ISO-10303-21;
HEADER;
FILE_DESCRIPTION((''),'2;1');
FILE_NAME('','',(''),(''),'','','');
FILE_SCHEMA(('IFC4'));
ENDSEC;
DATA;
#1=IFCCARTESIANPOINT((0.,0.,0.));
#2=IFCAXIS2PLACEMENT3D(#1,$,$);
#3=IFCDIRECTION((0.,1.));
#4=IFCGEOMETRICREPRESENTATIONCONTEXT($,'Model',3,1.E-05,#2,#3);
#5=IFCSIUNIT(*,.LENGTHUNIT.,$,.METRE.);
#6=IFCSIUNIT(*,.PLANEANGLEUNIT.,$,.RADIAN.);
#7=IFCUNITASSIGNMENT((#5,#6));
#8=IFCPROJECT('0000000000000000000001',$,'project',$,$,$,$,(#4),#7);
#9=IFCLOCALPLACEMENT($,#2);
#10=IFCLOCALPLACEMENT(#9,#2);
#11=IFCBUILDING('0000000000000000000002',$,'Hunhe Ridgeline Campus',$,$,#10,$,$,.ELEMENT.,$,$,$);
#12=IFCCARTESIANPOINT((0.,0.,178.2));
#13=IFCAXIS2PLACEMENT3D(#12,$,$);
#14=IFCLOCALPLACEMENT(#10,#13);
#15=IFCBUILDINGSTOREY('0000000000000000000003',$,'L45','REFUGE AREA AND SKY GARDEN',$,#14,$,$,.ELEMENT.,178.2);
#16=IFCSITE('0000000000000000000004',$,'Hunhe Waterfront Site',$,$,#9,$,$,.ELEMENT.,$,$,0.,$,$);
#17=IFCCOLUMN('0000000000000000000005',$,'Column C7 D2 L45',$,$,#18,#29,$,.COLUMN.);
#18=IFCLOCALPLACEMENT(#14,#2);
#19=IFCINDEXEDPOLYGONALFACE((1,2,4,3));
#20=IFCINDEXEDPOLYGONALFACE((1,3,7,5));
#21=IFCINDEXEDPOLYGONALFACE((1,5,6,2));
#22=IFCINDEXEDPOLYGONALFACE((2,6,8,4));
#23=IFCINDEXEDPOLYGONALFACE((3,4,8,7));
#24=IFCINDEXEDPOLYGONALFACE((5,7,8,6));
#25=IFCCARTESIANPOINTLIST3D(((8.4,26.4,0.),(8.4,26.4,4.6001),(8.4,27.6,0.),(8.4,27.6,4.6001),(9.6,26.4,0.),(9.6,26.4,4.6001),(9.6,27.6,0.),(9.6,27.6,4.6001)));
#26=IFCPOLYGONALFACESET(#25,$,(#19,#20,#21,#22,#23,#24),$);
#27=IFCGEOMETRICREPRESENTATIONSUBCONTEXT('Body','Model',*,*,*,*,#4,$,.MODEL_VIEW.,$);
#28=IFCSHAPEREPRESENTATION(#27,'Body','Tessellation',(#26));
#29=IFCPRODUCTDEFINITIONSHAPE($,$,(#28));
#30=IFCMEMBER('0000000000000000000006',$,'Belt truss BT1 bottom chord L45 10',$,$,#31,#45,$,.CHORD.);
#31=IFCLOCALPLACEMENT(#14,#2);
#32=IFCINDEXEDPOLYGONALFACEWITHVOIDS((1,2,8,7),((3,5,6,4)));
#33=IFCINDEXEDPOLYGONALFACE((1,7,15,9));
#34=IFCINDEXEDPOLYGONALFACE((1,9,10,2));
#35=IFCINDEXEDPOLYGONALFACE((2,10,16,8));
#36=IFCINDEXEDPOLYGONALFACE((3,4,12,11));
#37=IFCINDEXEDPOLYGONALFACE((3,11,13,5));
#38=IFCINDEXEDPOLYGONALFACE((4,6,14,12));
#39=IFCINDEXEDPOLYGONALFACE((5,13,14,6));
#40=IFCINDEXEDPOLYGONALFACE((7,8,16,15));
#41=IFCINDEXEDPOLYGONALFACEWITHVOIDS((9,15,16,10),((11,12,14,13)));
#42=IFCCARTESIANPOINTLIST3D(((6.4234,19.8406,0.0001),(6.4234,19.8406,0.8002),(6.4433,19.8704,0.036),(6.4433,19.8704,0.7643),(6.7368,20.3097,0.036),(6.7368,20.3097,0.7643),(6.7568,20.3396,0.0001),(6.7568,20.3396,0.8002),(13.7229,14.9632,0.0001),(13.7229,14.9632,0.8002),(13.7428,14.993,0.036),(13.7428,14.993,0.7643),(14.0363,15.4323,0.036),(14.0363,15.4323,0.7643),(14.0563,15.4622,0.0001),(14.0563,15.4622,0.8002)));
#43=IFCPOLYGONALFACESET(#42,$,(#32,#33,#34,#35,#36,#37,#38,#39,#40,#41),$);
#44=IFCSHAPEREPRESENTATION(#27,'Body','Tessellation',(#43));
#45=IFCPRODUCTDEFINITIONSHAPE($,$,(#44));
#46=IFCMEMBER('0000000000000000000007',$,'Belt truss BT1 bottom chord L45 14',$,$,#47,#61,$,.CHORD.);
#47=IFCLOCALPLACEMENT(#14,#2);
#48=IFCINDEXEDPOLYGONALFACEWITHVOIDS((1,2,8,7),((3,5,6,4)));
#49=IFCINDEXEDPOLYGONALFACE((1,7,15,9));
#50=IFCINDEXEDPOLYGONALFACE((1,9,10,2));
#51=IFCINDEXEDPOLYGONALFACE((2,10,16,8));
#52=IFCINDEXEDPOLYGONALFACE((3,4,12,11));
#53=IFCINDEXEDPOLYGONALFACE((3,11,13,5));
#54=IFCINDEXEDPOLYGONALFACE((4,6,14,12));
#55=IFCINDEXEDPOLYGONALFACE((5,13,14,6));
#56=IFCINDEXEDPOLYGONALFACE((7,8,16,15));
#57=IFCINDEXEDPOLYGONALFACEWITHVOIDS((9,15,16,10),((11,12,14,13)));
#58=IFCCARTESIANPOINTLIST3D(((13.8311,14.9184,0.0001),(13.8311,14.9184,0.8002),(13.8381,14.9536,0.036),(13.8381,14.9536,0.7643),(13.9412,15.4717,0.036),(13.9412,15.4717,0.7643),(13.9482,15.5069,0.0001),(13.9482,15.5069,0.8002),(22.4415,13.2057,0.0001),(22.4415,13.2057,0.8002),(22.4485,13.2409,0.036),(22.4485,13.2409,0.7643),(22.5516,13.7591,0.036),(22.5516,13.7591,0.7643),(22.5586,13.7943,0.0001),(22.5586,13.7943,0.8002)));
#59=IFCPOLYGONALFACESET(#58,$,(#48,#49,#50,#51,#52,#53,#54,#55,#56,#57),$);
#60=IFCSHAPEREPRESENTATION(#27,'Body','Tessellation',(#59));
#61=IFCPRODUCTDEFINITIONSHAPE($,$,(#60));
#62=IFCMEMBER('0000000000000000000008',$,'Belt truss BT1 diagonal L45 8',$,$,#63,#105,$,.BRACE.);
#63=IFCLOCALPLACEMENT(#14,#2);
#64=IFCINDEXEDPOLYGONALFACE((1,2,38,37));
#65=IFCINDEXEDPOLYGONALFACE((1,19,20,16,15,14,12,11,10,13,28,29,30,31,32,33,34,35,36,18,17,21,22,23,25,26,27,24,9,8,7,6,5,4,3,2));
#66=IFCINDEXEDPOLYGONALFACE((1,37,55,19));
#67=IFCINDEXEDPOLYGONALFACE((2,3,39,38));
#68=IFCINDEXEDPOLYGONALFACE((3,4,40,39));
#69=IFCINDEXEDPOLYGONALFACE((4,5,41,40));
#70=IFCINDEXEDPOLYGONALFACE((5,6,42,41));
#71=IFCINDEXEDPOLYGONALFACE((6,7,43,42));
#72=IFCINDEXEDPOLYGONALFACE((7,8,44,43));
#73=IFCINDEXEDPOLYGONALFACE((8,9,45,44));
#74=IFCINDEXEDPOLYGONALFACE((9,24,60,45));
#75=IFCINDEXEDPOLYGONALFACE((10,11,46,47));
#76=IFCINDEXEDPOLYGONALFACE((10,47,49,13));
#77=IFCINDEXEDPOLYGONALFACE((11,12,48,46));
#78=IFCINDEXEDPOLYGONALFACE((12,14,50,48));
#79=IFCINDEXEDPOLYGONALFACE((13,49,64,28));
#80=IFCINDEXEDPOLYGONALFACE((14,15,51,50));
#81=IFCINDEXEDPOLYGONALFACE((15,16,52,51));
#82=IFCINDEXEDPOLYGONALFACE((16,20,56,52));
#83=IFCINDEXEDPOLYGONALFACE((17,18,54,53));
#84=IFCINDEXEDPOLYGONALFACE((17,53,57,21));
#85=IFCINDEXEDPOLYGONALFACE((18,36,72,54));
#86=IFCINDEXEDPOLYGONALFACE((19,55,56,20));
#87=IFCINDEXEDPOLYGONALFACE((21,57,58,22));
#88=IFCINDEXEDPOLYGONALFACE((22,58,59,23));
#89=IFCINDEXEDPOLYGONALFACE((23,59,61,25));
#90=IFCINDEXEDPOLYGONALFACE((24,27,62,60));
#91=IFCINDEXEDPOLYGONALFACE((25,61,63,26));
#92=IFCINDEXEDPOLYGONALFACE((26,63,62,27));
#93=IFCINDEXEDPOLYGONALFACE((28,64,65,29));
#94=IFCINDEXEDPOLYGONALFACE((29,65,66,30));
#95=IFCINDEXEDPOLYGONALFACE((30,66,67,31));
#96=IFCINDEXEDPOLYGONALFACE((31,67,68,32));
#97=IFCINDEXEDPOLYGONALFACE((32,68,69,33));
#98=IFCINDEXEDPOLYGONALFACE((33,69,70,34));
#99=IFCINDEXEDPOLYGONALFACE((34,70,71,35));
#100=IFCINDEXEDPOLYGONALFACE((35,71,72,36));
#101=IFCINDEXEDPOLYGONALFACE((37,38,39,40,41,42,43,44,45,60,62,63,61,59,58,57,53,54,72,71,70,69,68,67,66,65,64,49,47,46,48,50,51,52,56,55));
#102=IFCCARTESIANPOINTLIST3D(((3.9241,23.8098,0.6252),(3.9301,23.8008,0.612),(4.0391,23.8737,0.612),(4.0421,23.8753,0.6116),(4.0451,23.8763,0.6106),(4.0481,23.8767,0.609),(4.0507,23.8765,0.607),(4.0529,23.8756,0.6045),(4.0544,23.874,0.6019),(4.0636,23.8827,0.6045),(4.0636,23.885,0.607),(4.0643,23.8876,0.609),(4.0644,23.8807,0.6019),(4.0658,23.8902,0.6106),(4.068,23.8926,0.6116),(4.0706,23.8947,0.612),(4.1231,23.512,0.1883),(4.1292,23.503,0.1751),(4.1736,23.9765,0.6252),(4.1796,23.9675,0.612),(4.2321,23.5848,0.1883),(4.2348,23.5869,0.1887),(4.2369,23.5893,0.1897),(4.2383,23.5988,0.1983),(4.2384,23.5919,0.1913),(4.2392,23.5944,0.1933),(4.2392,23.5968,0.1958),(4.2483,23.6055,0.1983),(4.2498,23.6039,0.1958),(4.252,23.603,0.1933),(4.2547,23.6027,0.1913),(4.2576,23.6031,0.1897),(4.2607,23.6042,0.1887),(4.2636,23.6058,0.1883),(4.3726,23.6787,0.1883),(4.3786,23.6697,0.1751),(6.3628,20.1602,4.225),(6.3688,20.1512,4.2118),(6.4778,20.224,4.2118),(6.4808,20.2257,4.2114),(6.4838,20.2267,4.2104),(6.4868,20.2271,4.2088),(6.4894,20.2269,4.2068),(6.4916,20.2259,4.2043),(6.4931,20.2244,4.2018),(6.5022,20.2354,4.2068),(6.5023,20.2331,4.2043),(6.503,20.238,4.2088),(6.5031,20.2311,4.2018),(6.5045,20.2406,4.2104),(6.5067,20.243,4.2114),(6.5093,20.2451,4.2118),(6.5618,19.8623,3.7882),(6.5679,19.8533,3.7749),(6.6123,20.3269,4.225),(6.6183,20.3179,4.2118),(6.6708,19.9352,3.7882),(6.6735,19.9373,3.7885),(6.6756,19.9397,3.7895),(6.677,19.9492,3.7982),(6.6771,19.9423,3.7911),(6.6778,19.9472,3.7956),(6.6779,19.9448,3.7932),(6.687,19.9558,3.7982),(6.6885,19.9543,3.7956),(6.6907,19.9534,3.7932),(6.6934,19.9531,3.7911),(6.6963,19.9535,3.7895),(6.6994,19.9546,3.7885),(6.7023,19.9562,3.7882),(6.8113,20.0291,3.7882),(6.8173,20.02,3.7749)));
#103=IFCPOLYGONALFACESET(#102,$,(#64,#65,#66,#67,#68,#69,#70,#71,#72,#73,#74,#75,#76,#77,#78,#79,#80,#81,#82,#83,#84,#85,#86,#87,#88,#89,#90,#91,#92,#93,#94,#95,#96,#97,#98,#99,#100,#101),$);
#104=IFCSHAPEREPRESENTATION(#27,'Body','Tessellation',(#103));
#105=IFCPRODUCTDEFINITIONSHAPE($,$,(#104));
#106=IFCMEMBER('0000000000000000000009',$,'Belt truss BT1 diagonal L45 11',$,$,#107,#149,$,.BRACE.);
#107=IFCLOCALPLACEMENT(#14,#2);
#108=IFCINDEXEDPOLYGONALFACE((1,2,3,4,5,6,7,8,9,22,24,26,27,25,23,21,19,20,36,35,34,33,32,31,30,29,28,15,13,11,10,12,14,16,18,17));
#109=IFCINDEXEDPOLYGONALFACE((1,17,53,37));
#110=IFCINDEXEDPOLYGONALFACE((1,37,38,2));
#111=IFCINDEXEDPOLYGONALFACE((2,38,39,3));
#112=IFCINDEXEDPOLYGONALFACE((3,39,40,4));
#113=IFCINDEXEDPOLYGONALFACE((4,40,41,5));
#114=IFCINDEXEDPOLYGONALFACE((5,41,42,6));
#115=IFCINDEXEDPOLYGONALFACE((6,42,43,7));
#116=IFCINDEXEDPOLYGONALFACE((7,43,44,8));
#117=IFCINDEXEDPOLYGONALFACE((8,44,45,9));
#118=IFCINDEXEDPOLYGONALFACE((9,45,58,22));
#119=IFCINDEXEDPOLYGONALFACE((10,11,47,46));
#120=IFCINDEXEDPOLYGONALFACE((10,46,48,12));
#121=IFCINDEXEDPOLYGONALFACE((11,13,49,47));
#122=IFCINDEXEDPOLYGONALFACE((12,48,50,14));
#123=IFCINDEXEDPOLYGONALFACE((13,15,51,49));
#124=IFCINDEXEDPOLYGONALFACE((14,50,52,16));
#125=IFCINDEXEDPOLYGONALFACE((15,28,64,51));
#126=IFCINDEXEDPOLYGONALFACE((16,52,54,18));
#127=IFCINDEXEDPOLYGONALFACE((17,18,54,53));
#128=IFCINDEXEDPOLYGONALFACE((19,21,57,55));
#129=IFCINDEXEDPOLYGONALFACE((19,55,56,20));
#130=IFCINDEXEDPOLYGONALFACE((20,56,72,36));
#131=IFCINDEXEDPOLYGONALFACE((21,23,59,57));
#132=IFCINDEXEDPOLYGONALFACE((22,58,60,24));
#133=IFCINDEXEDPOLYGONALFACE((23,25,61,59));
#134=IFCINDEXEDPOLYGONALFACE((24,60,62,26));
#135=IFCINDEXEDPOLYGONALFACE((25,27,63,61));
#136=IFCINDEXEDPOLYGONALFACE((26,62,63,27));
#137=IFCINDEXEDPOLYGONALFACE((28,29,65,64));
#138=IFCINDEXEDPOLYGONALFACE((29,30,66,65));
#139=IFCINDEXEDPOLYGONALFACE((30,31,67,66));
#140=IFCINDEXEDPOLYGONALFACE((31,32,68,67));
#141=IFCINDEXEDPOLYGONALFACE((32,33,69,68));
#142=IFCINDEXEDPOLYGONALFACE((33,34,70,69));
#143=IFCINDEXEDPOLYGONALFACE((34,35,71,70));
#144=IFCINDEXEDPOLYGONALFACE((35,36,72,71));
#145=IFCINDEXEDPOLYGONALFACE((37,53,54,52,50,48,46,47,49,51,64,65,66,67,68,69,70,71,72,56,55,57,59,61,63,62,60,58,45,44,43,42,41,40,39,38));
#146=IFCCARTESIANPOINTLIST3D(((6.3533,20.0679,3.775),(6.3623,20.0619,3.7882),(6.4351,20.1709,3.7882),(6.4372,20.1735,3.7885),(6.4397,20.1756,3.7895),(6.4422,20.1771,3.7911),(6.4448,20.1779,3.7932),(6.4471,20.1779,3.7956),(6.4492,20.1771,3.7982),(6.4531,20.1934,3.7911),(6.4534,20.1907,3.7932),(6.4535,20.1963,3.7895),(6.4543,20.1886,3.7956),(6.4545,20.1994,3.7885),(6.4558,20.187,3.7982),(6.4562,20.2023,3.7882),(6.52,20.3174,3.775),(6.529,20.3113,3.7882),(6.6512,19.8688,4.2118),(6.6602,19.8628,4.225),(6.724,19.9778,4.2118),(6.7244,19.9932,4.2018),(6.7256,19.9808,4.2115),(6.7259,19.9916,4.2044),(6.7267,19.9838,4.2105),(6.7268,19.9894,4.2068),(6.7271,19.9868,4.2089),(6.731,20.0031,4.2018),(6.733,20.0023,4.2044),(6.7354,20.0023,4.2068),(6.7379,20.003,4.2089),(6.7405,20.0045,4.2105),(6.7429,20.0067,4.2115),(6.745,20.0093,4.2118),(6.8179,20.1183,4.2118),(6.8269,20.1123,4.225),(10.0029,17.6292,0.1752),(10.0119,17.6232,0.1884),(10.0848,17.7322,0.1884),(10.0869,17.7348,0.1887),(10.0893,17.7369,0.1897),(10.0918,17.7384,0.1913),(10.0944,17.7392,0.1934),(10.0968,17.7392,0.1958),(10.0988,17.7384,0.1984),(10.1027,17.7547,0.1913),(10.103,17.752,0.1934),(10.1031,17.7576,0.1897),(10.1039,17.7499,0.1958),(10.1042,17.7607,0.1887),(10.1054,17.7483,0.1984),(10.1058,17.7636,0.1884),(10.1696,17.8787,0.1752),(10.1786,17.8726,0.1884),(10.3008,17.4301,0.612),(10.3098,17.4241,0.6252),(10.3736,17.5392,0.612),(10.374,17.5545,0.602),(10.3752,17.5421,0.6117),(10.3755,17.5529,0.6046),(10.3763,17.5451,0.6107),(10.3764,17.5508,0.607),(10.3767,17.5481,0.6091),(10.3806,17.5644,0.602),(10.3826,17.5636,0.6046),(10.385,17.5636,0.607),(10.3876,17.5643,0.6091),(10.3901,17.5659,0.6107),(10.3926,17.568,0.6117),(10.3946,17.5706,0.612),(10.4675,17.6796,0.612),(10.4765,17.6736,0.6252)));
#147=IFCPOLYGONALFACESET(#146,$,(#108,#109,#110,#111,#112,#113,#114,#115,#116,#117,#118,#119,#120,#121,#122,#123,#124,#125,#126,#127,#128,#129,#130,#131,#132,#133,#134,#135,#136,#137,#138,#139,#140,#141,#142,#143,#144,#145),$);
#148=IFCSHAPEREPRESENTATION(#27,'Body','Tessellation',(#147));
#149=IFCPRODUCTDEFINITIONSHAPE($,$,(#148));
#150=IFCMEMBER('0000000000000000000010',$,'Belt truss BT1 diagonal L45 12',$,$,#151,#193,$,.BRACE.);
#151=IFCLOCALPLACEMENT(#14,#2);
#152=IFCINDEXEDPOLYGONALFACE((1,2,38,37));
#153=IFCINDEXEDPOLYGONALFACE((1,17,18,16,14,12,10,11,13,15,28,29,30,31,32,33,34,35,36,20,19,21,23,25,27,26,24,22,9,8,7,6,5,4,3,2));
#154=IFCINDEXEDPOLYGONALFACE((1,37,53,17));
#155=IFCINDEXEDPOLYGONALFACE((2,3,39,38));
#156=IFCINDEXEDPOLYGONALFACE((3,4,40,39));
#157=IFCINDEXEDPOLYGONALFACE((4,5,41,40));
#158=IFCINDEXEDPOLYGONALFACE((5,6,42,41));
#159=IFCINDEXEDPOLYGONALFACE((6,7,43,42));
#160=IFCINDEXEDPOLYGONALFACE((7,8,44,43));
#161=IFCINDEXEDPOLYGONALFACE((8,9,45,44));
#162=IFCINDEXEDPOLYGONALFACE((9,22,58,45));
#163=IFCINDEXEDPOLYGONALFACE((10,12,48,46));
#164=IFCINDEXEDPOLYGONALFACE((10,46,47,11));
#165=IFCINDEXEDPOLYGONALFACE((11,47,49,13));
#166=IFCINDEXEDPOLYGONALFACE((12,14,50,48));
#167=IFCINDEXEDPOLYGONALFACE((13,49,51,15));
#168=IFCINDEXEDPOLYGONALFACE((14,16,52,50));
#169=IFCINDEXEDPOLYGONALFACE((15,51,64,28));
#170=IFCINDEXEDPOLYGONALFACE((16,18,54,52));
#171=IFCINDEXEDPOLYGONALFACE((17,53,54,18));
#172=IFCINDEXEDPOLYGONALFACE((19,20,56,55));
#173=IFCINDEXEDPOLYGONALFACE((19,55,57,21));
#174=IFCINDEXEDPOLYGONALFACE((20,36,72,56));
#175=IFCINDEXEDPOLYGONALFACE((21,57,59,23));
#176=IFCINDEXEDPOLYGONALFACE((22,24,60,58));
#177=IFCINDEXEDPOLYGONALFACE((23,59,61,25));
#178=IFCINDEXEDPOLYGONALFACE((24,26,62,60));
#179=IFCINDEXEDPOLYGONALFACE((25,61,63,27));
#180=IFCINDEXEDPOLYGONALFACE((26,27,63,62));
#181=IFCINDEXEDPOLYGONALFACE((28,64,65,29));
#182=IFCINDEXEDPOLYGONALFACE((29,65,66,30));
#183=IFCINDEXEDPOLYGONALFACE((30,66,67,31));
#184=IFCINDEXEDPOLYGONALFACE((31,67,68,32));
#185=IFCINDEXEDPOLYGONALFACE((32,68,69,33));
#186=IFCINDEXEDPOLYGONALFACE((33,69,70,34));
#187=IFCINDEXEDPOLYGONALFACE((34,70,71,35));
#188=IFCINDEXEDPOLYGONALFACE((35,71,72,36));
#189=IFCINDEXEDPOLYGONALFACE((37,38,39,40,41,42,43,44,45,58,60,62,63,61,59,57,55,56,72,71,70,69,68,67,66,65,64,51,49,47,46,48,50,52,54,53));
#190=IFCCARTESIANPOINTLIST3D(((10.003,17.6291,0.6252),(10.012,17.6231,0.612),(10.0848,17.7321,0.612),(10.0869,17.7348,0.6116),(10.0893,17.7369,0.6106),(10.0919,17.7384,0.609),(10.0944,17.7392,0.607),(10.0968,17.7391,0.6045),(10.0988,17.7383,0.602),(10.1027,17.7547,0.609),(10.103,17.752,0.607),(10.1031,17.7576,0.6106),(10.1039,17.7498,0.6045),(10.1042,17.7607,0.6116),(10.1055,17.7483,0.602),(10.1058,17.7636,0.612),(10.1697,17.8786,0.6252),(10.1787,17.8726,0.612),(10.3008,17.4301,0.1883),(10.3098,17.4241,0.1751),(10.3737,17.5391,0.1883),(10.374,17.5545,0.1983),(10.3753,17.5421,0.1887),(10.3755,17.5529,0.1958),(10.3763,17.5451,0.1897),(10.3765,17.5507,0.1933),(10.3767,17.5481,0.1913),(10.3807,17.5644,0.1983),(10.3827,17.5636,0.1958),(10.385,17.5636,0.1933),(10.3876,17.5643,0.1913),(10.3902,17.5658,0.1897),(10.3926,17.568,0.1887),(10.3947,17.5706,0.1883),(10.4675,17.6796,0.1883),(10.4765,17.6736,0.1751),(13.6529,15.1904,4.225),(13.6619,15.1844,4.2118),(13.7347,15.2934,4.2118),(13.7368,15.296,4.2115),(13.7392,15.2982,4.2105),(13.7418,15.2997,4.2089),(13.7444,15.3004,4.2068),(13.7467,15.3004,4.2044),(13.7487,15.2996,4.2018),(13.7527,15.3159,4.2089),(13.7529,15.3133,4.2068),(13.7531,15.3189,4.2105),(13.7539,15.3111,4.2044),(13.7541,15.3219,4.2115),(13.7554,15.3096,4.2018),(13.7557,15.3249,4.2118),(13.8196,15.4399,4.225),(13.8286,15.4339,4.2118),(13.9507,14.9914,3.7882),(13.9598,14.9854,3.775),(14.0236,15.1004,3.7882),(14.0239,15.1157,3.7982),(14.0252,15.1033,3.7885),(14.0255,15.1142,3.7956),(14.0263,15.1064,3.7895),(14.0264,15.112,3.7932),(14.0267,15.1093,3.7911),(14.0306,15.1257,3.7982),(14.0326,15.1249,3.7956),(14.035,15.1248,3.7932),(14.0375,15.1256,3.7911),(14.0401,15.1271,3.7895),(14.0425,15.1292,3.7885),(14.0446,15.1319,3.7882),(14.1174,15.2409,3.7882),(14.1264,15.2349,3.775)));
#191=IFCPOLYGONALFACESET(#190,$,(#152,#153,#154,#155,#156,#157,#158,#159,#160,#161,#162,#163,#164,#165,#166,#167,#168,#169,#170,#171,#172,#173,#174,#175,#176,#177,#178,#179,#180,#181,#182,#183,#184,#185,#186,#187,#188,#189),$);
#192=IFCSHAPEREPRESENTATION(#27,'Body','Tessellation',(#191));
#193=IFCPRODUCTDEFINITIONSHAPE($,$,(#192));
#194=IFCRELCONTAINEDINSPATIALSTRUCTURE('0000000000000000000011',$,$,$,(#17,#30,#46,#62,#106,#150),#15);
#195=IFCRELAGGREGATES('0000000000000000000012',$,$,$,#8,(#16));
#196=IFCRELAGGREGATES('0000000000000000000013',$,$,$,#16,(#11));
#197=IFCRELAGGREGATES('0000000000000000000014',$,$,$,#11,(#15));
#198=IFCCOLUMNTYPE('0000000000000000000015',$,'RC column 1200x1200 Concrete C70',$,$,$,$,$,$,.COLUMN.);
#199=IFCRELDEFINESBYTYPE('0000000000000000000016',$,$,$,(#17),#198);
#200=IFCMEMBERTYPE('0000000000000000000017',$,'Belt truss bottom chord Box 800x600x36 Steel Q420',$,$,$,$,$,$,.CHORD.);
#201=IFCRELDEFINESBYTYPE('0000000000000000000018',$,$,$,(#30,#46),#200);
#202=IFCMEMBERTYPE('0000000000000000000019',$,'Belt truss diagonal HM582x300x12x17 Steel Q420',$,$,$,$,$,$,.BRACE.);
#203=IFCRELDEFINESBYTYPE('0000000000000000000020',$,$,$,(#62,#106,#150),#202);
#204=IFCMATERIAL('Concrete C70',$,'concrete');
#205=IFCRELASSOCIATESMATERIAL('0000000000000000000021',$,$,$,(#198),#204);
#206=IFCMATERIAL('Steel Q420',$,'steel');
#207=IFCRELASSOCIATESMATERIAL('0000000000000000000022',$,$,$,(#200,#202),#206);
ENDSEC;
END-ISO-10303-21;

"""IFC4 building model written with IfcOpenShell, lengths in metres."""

from ifc_helpers import new_model, si_unit, direction, frame, origin, origin_2d, place, context, subcontext, project, spatial, rectangle, hollow_rectangle, i_section, extrude, material, material_profile, profile_set, type_object, element, save


model = new_model("IFC4")

# Units and contexts
model_context = context("Model", 3, precision=1e-05, world=origin(), true_north=direction((0.0, 1.0)))
body_context = subcontext(model_context, "Body", "Model", "MODEL_VIEW")
ifc_project = project(units=[si_unit("LENGTHUNIT", "METRE"), si_unit("PLANEANGLEUNIT", "RADIAN")], contexts=[model_context])

# Site, building, storey
site_placement = place(None, origin())
site = spatial("IfcSite", under=ifc_project, at=site_placement, Name="Hunhe Waterfront Site", CompositionType="ELEMENT", RefElevation=0.0)
building_placement = place(site_placement, origin())
building = spatial("IfcBuilding", under=site, at=building_placement, Name="Hunhe Ridgeline Campus", CompositionType="ELEMENT")
storey_placement = place(building_placement, frame((0.0, 0.0, 178.2)))
storey = spatial("IfcBuildingStorey", under=building, at=storey_placement, Name="L45", Description="REFUGE AREA AND SKY GARDEN", CompositionType="ELEMENT", Elevation=178.2)

# Column
ifc_material_1 = material(Name="Concrete C70", Category="concrete")
ifc_material_profile_1 = material_profile(ifc_material_1, rectangle(XDim=1.2, YDim=1.2, at=origin_2d()))
ifc_profile_set_1 = profile_set([ifc_material_profile_1], Name="Concrete C70")
column_type = type_object("IfcColumnType", Name="RC column 1200x1200 Concrete C70", PredefinedType="COLUMN", material=ifc_profile_set_1)
column_placement = place(storey_placement, frame((9.0, 27.0, 0.0), z_axis=(0.0, 0.0, 1.0), x_axis=(1.0, 0.0, 0.0)))
element("IfcColumn", 1, at=column_placement, inside=storey, type_object=column_type, Name="Column C7 D2 L45", PredefinedType="COLUMN", context=body_context, shape_type="SweptSolid", body=[
    extrude(rectangle(XDim=1.2, YDim=1.2, at=origin_2d()), origin(), (0.0, 0.0, 1.0), 4.6001),
])

# Members
ifc_material_2 = material(Name="Steel Q420", Category="steel")
ifc_material_profile_2 = material_profile(ifc_material_2, hollow_rectangle(XDim=0.6001, YDim=0.8, WallThickness=0.0359, at=origin_2d()))
ifc_profile_set_2 = profile_set([ifc_material_profile_2], Name="Steel Q420")
member_type_1 = type_object("IfcMemberType", Name="Belt truss bottom chord Box 800x600x36 Steel Q420", PredefinedType="CHORD", material=ifc_profile_set_2)
for number, where, z_axis, x_axis, name in (
    (2, (6.5901, 20.0901, 0.4001), (0.831468, -0.555573, 0.0), (0.555573, 0.831468, 0.0), "Belt truss BT1 bottom chord L45 10"),
    (3, (13.8896, 15.2126, 0.4001), (0.980787, -0.195084, 0.0), (0.195084, 0.980787, 0.0), "Belt truss BT1 bottom chord L45 14"),
):
    element("IfcMember", number, at=place(storey_placement, frame(where, z_axis=z_axis, x_axis=x_axis)), inside=storey, type_object=member_type_1, Name=name, PredefinedType="CHORD", context=body_context, shape_type="SweptSolid", body=[
        extrude(hollow_rectangle(XDim=0.6001, YDim=0.8, WallThickness=0.0359, at=origin_2d()), origin(), (0.0, 0.0, 1.0), 8.7791),
    ])
ifc_material_profile_3 = material_profile(ifc_material_2, i_section(OverallWidth=0.3, OverallDepth=0.582, WebThickness=0.012, FlangeThickness=0.0171, FilletRadius=0.0129, at=origin_2d()))
ifc_profile_set_3 = profile_set([ifc_material_profile_3], Name="Steel Q420")
member_type_2 = type_object("IfcMemberType", Name="Belt truss diagonal HM582x300x12x17 Steel Q420", PredefinedType="BRACE", material=ifc_profile_set_3)
for number, where, z_axis, x_axis, name in (
    (4, (4.1514, 23.7397, 0.4001), (0.429593, -0.642905, 0.634132), (0.831459, 0.555586, 0.0), "Belt truss BT1 diagonal L45 8"),
    (5, (6.5901, 20.0901, 4.0), (0.642905, -0.429593, -0.634132), (0.555586, 0.831459, 0.0), "Belt truss BT1 diagonal L45 11"),
):
    element("IfcMember", number, at=place(storey_placement, frame(where, z_axis=z_axis, x_axis=x_axis)), inside=storey, type_object=member_type_2, Name=name, PredefinedType="BRACE", context=body_context, shape_type="SweptSolid", body=[
        extrude(i_section(OverallWidth=0.3, OverallDepth=0.582, WebThickness=0.012, FlangeThickness=0.0171, FilletRadius=0.0129, at=origin_2d()), origin(), (0.0, 0.0, 1.0), 5.6768),
    ])
member_placement = place(storey_placement, frame((10.2397, 17.6514, 0.4001), z_axis=(0.64293, -0.429581, 0.634114), x_axis=(0.55556, 0.831477, 0.0)))
element("IfcMember", 6, at=member_placement, inside=storey, type_object=member_type_2, Name="Belt truss BT1 diagonal L45 12", PredefinedType="BRACE", context=body_context, shape_type="SweptSolid", body=[
    extrude(i_section(OverallWidth=0.3, OverallDepth=0.582, WebThickness=0.012, FlangeThickness=0.0171, FilletRadius=0.0129, at=origin_2d()), origin(), (0.0, 0.0, 1.0), 5.677),
])

save(model, "model.ifc")
